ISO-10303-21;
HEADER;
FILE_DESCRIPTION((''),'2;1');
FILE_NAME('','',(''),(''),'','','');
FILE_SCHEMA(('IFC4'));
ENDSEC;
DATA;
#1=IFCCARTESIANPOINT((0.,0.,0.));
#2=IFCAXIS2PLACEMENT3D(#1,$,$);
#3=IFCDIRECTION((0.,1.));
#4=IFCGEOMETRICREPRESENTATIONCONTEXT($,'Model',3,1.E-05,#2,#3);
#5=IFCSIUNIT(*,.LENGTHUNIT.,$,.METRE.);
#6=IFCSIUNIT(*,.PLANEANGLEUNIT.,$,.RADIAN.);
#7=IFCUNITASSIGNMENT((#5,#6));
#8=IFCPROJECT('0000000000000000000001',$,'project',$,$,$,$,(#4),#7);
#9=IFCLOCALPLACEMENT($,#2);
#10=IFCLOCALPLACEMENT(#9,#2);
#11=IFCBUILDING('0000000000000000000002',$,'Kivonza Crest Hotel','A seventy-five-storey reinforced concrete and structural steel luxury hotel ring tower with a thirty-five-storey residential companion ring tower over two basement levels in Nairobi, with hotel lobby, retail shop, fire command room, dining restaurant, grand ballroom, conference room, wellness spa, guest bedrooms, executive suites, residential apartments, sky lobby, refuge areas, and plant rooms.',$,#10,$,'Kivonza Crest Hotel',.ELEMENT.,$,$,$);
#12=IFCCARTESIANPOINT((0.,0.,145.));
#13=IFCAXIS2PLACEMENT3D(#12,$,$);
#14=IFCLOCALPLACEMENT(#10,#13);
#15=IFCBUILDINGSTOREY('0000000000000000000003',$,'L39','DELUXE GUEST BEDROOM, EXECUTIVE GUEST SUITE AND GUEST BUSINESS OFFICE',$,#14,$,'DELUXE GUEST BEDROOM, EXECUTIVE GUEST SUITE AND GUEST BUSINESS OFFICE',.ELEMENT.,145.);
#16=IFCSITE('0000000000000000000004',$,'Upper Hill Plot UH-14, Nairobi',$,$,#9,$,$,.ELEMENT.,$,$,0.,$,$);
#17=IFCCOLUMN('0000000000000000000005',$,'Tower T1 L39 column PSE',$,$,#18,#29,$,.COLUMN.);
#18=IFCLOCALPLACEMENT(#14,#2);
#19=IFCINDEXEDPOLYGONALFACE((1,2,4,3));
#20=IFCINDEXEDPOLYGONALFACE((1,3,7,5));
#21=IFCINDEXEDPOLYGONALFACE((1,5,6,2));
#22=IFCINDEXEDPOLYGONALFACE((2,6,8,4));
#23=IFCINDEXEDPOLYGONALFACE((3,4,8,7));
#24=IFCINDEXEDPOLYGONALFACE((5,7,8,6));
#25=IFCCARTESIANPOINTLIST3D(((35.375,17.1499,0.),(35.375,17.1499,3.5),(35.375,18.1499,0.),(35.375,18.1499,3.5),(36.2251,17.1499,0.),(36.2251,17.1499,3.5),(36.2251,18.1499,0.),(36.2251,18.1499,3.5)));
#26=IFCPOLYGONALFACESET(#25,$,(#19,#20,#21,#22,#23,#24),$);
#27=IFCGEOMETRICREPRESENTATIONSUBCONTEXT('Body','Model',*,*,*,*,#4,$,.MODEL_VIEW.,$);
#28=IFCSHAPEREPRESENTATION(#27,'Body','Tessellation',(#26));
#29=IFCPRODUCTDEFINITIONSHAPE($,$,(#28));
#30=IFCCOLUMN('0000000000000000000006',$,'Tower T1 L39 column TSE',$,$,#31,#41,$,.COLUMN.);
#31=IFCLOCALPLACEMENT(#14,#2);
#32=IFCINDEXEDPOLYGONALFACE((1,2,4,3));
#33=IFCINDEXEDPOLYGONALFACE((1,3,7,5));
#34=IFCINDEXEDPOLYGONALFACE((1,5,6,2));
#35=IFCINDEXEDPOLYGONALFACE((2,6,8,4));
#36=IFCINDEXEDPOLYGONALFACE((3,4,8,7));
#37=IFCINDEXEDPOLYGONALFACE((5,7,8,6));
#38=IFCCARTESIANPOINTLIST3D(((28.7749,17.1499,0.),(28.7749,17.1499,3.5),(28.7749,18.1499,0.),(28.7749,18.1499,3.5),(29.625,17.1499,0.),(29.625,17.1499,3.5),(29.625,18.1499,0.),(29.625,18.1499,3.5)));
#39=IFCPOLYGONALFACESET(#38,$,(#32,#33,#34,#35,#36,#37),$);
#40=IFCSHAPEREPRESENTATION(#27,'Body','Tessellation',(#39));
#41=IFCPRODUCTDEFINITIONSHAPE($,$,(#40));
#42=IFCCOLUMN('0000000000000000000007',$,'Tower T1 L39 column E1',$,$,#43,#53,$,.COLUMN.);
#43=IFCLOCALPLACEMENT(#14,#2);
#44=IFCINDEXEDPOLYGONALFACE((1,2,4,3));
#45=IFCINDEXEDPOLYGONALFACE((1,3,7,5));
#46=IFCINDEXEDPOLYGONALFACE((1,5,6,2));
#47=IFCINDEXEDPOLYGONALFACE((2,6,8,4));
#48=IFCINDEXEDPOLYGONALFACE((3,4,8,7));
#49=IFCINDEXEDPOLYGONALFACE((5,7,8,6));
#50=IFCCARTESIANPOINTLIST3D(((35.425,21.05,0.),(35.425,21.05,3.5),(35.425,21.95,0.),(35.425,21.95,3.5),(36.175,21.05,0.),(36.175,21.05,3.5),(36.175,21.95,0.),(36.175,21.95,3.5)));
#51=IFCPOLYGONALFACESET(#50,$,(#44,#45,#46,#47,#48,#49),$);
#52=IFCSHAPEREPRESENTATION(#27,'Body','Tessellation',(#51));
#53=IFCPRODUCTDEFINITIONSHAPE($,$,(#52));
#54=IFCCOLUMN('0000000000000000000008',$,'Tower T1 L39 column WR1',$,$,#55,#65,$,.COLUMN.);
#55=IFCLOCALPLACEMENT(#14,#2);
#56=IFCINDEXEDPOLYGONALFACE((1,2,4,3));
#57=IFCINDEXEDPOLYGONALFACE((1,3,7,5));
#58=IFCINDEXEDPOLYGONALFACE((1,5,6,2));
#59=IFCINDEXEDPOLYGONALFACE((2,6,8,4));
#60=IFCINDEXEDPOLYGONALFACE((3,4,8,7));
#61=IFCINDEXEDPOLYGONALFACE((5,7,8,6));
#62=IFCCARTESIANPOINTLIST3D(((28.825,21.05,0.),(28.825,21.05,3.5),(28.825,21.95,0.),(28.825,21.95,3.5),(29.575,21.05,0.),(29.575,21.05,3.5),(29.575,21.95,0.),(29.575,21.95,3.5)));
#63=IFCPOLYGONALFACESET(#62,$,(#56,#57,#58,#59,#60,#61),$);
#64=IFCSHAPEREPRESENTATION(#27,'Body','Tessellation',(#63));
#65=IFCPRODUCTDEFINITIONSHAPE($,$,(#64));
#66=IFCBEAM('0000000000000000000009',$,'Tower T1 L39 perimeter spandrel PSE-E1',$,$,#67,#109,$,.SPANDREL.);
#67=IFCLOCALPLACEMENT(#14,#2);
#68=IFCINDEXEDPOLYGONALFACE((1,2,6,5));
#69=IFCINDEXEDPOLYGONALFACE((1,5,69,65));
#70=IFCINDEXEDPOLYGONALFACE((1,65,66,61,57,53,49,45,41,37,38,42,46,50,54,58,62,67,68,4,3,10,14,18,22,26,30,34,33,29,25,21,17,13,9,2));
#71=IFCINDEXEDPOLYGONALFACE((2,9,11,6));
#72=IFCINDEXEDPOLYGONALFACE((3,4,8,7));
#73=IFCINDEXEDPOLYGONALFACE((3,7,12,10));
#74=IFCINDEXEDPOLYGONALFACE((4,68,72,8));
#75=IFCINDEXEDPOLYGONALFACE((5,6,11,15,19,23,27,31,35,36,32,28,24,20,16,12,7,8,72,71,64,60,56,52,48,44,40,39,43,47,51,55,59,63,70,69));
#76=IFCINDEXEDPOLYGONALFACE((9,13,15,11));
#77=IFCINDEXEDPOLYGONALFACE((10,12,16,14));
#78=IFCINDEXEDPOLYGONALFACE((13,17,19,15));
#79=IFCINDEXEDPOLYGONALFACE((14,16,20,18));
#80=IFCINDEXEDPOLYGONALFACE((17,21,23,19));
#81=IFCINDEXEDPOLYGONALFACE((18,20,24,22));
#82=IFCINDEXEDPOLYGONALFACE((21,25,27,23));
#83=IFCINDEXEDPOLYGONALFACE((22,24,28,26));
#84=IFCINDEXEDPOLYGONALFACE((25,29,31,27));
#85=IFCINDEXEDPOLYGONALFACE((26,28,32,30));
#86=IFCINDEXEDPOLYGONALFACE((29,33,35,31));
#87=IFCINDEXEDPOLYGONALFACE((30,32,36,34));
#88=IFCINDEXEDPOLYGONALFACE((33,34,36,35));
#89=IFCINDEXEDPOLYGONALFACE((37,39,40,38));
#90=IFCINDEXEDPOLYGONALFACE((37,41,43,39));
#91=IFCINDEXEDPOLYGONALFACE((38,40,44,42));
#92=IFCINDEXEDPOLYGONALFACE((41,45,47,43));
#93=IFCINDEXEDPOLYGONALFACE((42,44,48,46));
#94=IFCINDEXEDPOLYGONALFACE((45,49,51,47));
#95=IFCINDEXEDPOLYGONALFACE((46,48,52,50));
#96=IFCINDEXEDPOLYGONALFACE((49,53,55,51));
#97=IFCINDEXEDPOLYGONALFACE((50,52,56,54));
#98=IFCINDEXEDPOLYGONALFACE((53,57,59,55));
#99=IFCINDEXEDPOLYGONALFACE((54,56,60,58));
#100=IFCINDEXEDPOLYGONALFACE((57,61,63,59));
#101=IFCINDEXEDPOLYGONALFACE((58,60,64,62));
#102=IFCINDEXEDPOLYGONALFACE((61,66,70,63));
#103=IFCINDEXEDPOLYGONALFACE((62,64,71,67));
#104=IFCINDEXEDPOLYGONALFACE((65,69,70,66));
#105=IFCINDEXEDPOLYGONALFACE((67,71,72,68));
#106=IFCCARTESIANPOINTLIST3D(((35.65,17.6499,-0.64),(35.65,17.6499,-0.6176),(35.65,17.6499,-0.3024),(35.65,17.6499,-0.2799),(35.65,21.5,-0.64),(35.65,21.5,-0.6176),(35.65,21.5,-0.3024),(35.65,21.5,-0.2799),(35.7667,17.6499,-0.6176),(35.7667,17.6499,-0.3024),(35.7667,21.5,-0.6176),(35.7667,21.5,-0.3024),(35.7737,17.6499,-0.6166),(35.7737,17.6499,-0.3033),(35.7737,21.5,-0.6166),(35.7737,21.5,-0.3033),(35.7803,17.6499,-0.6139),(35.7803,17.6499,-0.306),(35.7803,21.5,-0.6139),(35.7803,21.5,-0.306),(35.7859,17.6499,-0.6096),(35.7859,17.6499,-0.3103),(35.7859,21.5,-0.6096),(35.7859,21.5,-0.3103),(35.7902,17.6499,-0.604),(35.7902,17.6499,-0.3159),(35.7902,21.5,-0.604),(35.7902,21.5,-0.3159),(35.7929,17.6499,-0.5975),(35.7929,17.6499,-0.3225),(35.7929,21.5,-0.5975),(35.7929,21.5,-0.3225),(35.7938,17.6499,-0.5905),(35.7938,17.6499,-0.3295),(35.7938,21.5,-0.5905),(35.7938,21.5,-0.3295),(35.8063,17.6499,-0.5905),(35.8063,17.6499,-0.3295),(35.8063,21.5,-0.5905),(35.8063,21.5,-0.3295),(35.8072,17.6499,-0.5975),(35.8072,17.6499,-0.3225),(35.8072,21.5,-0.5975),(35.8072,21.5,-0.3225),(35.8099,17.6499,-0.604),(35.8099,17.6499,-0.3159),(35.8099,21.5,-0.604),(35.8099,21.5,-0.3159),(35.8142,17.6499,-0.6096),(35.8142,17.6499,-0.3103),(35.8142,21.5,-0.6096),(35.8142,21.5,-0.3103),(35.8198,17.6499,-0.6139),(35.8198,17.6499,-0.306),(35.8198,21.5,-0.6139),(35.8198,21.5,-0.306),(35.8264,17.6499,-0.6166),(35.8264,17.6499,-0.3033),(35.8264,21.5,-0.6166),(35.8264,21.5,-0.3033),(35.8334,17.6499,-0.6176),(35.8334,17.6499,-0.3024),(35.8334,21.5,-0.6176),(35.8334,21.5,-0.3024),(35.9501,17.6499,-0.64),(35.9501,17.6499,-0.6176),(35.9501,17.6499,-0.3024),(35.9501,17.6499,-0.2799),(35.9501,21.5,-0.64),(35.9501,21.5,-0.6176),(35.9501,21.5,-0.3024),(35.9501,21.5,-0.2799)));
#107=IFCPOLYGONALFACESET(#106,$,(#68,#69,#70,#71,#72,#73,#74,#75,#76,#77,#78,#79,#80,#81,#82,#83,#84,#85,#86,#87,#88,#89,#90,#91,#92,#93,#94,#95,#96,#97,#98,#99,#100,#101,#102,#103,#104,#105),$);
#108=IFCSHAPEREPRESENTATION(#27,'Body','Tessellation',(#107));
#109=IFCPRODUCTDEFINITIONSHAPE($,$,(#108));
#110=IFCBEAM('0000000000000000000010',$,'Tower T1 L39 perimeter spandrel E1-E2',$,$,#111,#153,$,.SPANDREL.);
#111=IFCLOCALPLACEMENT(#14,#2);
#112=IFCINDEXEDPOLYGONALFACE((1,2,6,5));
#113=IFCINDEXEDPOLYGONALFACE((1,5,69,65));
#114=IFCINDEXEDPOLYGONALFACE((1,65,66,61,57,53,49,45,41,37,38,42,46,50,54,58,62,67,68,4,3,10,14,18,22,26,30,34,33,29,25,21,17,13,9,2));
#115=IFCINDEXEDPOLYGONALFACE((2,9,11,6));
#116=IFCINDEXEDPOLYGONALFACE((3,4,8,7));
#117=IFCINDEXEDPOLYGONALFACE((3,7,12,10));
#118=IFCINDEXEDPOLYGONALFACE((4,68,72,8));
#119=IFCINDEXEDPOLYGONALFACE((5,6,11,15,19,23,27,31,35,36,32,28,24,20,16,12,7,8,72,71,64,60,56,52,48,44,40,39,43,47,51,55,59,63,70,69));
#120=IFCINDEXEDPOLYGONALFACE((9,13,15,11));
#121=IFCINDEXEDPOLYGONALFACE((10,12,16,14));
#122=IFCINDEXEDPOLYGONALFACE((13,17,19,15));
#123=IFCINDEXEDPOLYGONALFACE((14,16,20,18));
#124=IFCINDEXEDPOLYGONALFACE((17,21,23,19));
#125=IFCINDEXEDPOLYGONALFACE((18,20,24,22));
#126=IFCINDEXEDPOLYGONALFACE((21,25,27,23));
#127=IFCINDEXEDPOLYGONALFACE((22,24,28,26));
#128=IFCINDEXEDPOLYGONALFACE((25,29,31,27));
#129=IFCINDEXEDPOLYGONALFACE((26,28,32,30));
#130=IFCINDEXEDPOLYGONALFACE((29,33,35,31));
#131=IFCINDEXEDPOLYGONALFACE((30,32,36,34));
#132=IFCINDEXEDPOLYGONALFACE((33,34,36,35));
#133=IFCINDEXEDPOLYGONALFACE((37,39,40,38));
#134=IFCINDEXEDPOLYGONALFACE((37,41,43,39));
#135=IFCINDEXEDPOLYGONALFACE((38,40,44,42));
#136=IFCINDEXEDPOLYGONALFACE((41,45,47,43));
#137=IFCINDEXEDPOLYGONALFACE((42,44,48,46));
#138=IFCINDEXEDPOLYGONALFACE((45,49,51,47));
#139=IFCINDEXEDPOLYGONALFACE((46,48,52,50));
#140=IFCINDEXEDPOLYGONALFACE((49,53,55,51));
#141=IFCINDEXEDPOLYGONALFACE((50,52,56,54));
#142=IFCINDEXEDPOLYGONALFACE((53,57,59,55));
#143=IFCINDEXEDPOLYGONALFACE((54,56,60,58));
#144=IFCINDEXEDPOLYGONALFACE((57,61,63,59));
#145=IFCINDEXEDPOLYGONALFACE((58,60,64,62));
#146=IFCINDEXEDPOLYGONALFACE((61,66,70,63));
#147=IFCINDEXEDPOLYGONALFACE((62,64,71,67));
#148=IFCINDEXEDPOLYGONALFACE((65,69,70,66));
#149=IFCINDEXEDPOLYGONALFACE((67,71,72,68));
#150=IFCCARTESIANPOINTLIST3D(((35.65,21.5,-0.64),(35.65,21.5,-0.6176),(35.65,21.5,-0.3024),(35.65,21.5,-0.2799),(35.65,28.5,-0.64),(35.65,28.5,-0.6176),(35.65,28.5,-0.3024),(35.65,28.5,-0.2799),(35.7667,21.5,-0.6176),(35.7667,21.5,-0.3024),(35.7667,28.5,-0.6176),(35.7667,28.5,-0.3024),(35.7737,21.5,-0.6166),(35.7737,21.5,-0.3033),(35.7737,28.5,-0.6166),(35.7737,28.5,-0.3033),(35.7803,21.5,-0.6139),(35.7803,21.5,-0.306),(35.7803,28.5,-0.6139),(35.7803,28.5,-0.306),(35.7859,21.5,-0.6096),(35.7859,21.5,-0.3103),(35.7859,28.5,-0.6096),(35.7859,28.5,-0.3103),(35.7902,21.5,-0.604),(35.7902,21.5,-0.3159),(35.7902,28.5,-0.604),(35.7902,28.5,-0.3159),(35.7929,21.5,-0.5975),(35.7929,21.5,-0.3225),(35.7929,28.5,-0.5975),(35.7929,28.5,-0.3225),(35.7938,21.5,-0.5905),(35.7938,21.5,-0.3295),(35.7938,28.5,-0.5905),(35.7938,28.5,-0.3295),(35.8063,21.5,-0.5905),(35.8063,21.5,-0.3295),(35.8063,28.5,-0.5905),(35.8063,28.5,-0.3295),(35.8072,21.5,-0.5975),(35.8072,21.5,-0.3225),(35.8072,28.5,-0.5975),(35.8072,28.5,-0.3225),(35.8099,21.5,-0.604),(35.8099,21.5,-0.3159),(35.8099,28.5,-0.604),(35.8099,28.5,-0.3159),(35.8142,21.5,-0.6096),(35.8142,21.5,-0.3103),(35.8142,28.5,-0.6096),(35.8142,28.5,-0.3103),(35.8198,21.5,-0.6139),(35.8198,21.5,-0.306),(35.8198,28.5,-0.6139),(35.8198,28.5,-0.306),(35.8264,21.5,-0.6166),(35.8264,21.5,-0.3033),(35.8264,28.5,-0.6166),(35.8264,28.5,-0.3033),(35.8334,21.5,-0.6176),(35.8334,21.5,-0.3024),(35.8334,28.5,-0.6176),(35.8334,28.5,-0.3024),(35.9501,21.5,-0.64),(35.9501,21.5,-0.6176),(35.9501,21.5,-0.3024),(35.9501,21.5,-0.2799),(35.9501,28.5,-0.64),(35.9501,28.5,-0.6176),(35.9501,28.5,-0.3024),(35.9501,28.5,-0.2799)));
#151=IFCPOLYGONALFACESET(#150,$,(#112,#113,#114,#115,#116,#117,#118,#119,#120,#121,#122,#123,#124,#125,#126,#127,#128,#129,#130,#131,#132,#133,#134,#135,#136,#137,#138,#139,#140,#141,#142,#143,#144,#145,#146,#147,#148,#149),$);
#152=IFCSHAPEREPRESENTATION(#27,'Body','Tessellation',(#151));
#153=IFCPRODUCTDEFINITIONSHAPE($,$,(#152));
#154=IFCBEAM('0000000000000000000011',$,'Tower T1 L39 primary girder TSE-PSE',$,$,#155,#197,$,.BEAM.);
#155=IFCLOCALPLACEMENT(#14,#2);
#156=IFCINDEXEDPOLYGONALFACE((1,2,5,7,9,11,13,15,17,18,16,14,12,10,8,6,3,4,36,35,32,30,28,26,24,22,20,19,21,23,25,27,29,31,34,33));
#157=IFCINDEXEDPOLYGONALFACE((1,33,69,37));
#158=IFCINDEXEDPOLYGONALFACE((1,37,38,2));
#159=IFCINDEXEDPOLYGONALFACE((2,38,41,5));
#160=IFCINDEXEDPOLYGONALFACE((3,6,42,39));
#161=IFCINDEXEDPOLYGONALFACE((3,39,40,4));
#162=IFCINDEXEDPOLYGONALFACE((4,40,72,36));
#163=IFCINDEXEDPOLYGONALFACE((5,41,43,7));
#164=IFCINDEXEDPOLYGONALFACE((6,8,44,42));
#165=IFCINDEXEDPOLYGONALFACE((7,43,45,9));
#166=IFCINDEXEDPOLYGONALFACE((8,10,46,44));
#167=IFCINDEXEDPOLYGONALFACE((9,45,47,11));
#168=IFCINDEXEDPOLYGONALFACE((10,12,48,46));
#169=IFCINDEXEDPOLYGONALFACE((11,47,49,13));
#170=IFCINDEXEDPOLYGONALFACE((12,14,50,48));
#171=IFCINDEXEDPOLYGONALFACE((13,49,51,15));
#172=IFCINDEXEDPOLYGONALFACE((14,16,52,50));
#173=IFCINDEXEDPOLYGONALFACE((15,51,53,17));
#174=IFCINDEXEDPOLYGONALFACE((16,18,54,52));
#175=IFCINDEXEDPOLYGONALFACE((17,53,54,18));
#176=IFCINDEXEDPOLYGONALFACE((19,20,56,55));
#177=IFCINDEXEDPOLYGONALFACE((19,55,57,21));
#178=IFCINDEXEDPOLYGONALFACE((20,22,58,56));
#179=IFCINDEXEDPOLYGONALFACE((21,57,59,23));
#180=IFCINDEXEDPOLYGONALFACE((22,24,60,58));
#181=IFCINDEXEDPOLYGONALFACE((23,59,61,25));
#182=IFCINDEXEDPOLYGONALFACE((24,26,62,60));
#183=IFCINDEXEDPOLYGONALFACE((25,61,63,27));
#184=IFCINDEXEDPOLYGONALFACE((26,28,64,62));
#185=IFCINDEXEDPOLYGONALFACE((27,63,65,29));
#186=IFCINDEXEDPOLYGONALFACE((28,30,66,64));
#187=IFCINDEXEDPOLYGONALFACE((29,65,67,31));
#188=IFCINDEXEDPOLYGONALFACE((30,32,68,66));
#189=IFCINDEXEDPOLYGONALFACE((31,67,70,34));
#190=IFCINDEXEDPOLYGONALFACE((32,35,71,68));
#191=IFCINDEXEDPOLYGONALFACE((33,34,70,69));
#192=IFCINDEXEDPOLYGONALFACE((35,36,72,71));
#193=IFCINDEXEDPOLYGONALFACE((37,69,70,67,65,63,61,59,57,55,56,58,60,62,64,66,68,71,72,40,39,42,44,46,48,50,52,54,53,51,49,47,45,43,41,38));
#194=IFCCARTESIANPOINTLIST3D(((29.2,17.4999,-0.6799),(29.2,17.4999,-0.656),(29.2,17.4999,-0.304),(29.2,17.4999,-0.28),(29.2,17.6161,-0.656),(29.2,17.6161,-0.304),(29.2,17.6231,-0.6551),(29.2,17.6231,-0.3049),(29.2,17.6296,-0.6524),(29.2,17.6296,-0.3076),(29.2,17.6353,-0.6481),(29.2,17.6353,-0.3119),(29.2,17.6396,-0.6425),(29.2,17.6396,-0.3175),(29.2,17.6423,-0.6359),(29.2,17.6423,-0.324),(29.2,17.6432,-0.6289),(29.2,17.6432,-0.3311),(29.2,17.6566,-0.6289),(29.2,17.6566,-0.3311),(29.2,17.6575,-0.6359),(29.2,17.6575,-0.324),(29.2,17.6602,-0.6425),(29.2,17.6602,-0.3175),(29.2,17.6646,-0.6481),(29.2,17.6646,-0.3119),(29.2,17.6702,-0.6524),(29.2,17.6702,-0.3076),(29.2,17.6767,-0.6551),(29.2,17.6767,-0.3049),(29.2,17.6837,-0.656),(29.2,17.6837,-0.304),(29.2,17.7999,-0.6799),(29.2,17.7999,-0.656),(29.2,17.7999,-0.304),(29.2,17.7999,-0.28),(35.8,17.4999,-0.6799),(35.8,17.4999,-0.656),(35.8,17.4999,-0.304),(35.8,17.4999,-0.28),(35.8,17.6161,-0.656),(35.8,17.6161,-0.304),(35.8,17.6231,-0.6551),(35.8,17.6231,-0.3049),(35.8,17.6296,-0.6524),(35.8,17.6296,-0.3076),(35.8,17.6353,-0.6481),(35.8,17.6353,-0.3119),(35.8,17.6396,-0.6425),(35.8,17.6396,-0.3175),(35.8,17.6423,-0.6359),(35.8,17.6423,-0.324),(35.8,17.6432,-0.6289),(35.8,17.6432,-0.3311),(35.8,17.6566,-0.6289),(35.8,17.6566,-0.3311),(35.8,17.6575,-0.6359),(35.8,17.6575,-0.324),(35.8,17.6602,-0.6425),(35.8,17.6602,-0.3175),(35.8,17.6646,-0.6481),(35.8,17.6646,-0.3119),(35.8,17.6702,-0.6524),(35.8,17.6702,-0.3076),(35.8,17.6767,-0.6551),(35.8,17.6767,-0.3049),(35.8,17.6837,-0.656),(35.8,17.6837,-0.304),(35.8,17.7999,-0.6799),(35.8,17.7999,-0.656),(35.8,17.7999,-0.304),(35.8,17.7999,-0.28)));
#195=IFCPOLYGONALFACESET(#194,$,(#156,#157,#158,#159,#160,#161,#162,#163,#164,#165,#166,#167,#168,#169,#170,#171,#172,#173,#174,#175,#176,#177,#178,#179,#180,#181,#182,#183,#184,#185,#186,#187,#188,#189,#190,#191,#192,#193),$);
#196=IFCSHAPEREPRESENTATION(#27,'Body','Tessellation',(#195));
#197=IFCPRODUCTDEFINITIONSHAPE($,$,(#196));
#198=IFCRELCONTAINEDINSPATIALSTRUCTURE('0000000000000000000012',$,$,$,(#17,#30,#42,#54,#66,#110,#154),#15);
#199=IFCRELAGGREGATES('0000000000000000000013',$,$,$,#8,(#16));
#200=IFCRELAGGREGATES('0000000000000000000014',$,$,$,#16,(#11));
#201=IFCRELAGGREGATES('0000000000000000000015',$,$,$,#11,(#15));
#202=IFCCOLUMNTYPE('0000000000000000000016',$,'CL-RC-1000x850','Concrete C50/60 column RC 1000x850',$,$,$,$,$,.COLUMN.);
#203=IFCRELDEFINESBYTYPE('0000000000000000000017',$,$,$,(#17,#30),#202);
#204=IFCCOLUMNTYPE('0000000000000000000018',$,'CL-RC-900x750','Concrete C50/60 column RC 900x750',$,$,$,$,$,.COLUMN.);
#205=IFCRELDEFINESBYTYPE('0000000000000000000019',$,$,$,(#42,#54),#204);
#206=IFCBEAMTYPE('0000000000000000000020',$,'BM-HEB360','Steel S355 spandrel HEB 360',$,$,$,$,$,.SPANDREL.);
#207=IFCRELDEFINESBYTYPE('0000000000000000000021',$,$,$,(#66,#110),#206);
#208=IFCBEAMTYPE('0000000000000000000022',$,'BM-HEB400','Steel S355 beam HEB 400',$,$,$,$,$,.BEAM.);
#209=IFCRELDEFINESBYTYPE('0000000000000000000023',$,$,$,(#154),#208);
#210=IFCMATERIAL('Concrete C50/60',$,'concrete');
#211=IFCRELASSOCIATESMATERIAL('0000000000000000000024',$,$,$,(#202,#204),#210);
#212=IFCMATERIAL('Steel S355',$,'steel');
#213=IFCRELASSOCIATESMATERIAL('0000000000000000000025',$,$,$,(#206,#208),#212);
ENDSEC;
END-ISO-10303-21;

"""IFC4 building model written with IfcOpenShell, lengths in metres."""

from ifc_helpers import new_model, si_unit, direction, frame, origin, origin_2d, place, context, subcontext, project, spatial, rectangle, i_section, extrude, material, material_profile, profile_set, type_object, element, save


model = new_model("IFC4")

# Units and contexts
model_context = context("Model", 3, precision=1e-05, world=origin(), true_north=direction((0.0, 1.0)))
body_context = subcontext(model_context, "Body", "Model", "MODEL_VIEW")
ifc_project = project(units=[si_unit("LENGTHUNIT", "METRE"), si_unit("PLANEANGLEUNIT", "RADIAN")], contexts=[model_context])

# Site, building, storey
site_placement = place(None, origin())
site = spatial("IfcSite", under=ifc_project, at=site_placement, Name="Upper Hill Plot UH-14, Nairobi", CompositionType="ELEMENT", RefElevation=0.0)
building_placement = place(site_placement, origin())
building = spatial("IfcBuilding", under=site, at=building_placement, Name="Kivonza Crest Hotel", Description="A seventy-five-storey reinforced concrete and structural steel luxury hotel ring tower with a thirty-five-storey residential companion ring tower over two basement levels in Nairobi, with hotel lobby, retail shop, fire command room, dining restaurant, grand ballroom, conference room, wellness spa, guest bedrooms, executive suites, residential apartments, sky lobby, refuge areas, and plant rooms.", LongName="Kivonza Crest Hotel", CompositionType="ELEMENT")
storey_placement = place(building_placement, frame((0.0, 0.0, 145.0)))
storey = spatial("IfcBuildingStorey", under=building, at=storey_placement, Name="L39", Description="DELUXE GUEST BEDROOM, EXECUTIVE GUEST SUITE AND GUEST BUSINESS OFFICE", LongName="DELUXE GUEST BEDROOM, EXECUTIVE GUEST SUITE AND GUEST BUSINESS OFFICE", CompositionType="ELEMENT", Elevation=145.0)

# Columns
ifc_material_1 = material(Name="Concrete C50/60", Category="concrete")
ifc_material_profile_1 = material_profile(ifc_material_1, rectangle(XDim=0.8501, YDim=1.0, at=origin_2d()), Name="RC 1000x850")
ifc_profile_set_1 = profile_set([ifc_material_profile_1], Name="Concrete C50/60")
column_type_1 = type_object("IfcColumnType", Name="CL-RC-1000x850", Description="Concrete C50/60 column RC 1000x850", PredefinedType="COLUMN", material=ifc_profile_set_1)
for number, where, z_axis, x_axis, name in (
    (1, (35.8, 17.6499, 0.0), (0.0, 0.0, 1.0), (1.0, 0.0, 0.0), "Tower T1 L39 column PSE"),
    (2, (29.2, 17.6499, 0.0), (0.0, 0.0, 1.0), (1.0, 0.0, 0.0), "Tower T1 L39 column TSE"),
):
    element("IfcColumn", number, at=place(storey_placement, frame(where, z_axis=z_axis, x_axis=x_axis)), inside=storey, type_object=column_type_1, Name=name, PredefinedType="COLUMN", context=body_context, shape_type="SweptSolid", body=[
        extrude(rectangle(XDim=0.8501, YDim=1.0, at=origin_2d()), origin(), (0.0, 0.0, 1.0), 3.5),
    ])
ifc_material_profile_2 = material_profile(ifc_material_1, rectangle(XDim=0.75, YDim=0.8999, at=origin_2d()), Name="RC 900x750")
ifc_profile_set_2 = profile_set([ifc_material_profile_2], Name="Concrete C50/60")
column_type_2 = type_object("IfcColumnType", Name="CL-RC-900x750", Description="Concrete C50/60 column RC 900x750", PredefinedType="COLUMN", material=ifc_profile_set_2)
for number, where, z_axis, x_axis, name in (
    (3, (35.8, 21.5, 0.0), (0.0, 0.0, 1.0), (1.0, 0.0, 0.0), "Tower T1 L39 column E1"),
    (4, (29.2, 21.5, 0.0), (0.0, 0.0, 1.0), (1.0, 0.0, 0.0), "Tower T1 L39 column WR1"),
):
    element("IfcColumn", number, at=place(storey_placement, frame(where, z_axis=z_axis, x_axis=x_axis)), inside=storey, type_object=column_type_2, Name=name, PredefinedType="COLUMN", context=body_context, shape_type="SweptSolid", body=[
        extrude(rectangle(XDim=0.75, YDim=0.8999, at=origin_2d()), origin(), (0.0, 0.0, 1.0), 3.5),
    ])

# Beams
ifc_material_2 = material(Name="Steel S355", Category="steel")
ifc_material_profile_3 = material_profile(ifc_material_2, i_section(OverallWidth=0.3, OverallDepth=0.3601, WebThickness=0.0125, FlangeThickness=0.0225, FilletRadius=0.0271, at=origin_2d()), Name="HEB 360")
ifc_profile_set_3 = profile_set([ifc_material_profile_3], Name="Steel S355")
beam_type_1 = type_object("IfcBeamType", Name="BM-HEB360", Description="Steel S355 spandrel HEB 360", PredefinedType="SPANDREL", material=ifc_profile_set_3)
beam_1_placement = place(storey_placement, frame((35.8, 17.6499, -0.46), z_axis=(0.0, 1.0, 0.0), x_axis=(-1.0, 0.0, 0.0)))
element("IfcBeam", 5, at=beam_1_placement, inside=storey, type_object=beam_type_1, Name="Tower T1 L39 perimeter spandrel PSE-E1", PredefinedType="SPANDREL", context=body_context, shape_type="SweptSolid", body=[
    extrude(i_section(OverallWidth=0.3, OverallDepth=0.3601, WebThickness=0.0125, FlangeThickness=0.0225, FilletRadius=0.0271, at=origin_2d()), origin(), (0.0, 0.0, 1.0), 3.8501),
])
beam_2_placement = place(storey_placement, frame((35.8, 21.5, -0.46), z_axis=(0.0, 1.0, 0.0), x_axis=(-1.0, 0.0, 0.0)))
element("IfcBeam", 6, at=beam_2_placement, inside=storey, type_object=beam_type_1, Name="Tower T1 L39 perimeter spandrel E1-E2", PredefinedType="SPANDREL", context=body_context, shape_type="SweptSolid", body=[
    extrude(i_section(OverallWidth=0.3, OverallDepth=0.3601, WebThickness=0.0125, FlangeThickness=0.0225, FilletRadius=0.0271, at=origin_2d()), origin(), (0.0, 0.0, 1.0), 7.0),
])
ifc_material_profile_4 = material_profile(ifc_material_2, i_section(OverallWidth=0.3, OverallDepth=0.3999, WebThickness=0.0134, FlangeThickness=0.0239, FilletRadius=0.0271, at=origin_2d()), Name="HEB 400")
ifc_profile_set_4 = profile_set([ifc_material_profile_4], Name="Steel S355")
beam_type_2 = type_object("IfcBeamType", Name="BM-HEB400", Description="Steel S355 beam HEB 400", PredefinedType="BEAM", material=ifc_profile_set_4)
beam_3_placement = place(storey_placement, frame((29.2, 17.6499, -0.48), z_axis=(1.0, 0.0, 0.0), x_axis=(0.0, 1.0, 0.0)))
element("IfcBeam", 7, at=beam_3_placement, inside=storey, type_object=beam_type_2, Name="Tower T1 L39 primary girder TSE-PSE", PredefinedType="BEAM", context=body_context, shape_type="SweptSolid", body=[
    extrude(i_section(OverallWidth=0.3, OverallDepth=0.3999, WebThickness=0.0134, FlangeThickness=0.0239, FilletRadius=0.0271, at=origin_2d()), origin(), (0.0, 0.0, 1.0), 6.6001),
])

save(model, "model.ifc")
